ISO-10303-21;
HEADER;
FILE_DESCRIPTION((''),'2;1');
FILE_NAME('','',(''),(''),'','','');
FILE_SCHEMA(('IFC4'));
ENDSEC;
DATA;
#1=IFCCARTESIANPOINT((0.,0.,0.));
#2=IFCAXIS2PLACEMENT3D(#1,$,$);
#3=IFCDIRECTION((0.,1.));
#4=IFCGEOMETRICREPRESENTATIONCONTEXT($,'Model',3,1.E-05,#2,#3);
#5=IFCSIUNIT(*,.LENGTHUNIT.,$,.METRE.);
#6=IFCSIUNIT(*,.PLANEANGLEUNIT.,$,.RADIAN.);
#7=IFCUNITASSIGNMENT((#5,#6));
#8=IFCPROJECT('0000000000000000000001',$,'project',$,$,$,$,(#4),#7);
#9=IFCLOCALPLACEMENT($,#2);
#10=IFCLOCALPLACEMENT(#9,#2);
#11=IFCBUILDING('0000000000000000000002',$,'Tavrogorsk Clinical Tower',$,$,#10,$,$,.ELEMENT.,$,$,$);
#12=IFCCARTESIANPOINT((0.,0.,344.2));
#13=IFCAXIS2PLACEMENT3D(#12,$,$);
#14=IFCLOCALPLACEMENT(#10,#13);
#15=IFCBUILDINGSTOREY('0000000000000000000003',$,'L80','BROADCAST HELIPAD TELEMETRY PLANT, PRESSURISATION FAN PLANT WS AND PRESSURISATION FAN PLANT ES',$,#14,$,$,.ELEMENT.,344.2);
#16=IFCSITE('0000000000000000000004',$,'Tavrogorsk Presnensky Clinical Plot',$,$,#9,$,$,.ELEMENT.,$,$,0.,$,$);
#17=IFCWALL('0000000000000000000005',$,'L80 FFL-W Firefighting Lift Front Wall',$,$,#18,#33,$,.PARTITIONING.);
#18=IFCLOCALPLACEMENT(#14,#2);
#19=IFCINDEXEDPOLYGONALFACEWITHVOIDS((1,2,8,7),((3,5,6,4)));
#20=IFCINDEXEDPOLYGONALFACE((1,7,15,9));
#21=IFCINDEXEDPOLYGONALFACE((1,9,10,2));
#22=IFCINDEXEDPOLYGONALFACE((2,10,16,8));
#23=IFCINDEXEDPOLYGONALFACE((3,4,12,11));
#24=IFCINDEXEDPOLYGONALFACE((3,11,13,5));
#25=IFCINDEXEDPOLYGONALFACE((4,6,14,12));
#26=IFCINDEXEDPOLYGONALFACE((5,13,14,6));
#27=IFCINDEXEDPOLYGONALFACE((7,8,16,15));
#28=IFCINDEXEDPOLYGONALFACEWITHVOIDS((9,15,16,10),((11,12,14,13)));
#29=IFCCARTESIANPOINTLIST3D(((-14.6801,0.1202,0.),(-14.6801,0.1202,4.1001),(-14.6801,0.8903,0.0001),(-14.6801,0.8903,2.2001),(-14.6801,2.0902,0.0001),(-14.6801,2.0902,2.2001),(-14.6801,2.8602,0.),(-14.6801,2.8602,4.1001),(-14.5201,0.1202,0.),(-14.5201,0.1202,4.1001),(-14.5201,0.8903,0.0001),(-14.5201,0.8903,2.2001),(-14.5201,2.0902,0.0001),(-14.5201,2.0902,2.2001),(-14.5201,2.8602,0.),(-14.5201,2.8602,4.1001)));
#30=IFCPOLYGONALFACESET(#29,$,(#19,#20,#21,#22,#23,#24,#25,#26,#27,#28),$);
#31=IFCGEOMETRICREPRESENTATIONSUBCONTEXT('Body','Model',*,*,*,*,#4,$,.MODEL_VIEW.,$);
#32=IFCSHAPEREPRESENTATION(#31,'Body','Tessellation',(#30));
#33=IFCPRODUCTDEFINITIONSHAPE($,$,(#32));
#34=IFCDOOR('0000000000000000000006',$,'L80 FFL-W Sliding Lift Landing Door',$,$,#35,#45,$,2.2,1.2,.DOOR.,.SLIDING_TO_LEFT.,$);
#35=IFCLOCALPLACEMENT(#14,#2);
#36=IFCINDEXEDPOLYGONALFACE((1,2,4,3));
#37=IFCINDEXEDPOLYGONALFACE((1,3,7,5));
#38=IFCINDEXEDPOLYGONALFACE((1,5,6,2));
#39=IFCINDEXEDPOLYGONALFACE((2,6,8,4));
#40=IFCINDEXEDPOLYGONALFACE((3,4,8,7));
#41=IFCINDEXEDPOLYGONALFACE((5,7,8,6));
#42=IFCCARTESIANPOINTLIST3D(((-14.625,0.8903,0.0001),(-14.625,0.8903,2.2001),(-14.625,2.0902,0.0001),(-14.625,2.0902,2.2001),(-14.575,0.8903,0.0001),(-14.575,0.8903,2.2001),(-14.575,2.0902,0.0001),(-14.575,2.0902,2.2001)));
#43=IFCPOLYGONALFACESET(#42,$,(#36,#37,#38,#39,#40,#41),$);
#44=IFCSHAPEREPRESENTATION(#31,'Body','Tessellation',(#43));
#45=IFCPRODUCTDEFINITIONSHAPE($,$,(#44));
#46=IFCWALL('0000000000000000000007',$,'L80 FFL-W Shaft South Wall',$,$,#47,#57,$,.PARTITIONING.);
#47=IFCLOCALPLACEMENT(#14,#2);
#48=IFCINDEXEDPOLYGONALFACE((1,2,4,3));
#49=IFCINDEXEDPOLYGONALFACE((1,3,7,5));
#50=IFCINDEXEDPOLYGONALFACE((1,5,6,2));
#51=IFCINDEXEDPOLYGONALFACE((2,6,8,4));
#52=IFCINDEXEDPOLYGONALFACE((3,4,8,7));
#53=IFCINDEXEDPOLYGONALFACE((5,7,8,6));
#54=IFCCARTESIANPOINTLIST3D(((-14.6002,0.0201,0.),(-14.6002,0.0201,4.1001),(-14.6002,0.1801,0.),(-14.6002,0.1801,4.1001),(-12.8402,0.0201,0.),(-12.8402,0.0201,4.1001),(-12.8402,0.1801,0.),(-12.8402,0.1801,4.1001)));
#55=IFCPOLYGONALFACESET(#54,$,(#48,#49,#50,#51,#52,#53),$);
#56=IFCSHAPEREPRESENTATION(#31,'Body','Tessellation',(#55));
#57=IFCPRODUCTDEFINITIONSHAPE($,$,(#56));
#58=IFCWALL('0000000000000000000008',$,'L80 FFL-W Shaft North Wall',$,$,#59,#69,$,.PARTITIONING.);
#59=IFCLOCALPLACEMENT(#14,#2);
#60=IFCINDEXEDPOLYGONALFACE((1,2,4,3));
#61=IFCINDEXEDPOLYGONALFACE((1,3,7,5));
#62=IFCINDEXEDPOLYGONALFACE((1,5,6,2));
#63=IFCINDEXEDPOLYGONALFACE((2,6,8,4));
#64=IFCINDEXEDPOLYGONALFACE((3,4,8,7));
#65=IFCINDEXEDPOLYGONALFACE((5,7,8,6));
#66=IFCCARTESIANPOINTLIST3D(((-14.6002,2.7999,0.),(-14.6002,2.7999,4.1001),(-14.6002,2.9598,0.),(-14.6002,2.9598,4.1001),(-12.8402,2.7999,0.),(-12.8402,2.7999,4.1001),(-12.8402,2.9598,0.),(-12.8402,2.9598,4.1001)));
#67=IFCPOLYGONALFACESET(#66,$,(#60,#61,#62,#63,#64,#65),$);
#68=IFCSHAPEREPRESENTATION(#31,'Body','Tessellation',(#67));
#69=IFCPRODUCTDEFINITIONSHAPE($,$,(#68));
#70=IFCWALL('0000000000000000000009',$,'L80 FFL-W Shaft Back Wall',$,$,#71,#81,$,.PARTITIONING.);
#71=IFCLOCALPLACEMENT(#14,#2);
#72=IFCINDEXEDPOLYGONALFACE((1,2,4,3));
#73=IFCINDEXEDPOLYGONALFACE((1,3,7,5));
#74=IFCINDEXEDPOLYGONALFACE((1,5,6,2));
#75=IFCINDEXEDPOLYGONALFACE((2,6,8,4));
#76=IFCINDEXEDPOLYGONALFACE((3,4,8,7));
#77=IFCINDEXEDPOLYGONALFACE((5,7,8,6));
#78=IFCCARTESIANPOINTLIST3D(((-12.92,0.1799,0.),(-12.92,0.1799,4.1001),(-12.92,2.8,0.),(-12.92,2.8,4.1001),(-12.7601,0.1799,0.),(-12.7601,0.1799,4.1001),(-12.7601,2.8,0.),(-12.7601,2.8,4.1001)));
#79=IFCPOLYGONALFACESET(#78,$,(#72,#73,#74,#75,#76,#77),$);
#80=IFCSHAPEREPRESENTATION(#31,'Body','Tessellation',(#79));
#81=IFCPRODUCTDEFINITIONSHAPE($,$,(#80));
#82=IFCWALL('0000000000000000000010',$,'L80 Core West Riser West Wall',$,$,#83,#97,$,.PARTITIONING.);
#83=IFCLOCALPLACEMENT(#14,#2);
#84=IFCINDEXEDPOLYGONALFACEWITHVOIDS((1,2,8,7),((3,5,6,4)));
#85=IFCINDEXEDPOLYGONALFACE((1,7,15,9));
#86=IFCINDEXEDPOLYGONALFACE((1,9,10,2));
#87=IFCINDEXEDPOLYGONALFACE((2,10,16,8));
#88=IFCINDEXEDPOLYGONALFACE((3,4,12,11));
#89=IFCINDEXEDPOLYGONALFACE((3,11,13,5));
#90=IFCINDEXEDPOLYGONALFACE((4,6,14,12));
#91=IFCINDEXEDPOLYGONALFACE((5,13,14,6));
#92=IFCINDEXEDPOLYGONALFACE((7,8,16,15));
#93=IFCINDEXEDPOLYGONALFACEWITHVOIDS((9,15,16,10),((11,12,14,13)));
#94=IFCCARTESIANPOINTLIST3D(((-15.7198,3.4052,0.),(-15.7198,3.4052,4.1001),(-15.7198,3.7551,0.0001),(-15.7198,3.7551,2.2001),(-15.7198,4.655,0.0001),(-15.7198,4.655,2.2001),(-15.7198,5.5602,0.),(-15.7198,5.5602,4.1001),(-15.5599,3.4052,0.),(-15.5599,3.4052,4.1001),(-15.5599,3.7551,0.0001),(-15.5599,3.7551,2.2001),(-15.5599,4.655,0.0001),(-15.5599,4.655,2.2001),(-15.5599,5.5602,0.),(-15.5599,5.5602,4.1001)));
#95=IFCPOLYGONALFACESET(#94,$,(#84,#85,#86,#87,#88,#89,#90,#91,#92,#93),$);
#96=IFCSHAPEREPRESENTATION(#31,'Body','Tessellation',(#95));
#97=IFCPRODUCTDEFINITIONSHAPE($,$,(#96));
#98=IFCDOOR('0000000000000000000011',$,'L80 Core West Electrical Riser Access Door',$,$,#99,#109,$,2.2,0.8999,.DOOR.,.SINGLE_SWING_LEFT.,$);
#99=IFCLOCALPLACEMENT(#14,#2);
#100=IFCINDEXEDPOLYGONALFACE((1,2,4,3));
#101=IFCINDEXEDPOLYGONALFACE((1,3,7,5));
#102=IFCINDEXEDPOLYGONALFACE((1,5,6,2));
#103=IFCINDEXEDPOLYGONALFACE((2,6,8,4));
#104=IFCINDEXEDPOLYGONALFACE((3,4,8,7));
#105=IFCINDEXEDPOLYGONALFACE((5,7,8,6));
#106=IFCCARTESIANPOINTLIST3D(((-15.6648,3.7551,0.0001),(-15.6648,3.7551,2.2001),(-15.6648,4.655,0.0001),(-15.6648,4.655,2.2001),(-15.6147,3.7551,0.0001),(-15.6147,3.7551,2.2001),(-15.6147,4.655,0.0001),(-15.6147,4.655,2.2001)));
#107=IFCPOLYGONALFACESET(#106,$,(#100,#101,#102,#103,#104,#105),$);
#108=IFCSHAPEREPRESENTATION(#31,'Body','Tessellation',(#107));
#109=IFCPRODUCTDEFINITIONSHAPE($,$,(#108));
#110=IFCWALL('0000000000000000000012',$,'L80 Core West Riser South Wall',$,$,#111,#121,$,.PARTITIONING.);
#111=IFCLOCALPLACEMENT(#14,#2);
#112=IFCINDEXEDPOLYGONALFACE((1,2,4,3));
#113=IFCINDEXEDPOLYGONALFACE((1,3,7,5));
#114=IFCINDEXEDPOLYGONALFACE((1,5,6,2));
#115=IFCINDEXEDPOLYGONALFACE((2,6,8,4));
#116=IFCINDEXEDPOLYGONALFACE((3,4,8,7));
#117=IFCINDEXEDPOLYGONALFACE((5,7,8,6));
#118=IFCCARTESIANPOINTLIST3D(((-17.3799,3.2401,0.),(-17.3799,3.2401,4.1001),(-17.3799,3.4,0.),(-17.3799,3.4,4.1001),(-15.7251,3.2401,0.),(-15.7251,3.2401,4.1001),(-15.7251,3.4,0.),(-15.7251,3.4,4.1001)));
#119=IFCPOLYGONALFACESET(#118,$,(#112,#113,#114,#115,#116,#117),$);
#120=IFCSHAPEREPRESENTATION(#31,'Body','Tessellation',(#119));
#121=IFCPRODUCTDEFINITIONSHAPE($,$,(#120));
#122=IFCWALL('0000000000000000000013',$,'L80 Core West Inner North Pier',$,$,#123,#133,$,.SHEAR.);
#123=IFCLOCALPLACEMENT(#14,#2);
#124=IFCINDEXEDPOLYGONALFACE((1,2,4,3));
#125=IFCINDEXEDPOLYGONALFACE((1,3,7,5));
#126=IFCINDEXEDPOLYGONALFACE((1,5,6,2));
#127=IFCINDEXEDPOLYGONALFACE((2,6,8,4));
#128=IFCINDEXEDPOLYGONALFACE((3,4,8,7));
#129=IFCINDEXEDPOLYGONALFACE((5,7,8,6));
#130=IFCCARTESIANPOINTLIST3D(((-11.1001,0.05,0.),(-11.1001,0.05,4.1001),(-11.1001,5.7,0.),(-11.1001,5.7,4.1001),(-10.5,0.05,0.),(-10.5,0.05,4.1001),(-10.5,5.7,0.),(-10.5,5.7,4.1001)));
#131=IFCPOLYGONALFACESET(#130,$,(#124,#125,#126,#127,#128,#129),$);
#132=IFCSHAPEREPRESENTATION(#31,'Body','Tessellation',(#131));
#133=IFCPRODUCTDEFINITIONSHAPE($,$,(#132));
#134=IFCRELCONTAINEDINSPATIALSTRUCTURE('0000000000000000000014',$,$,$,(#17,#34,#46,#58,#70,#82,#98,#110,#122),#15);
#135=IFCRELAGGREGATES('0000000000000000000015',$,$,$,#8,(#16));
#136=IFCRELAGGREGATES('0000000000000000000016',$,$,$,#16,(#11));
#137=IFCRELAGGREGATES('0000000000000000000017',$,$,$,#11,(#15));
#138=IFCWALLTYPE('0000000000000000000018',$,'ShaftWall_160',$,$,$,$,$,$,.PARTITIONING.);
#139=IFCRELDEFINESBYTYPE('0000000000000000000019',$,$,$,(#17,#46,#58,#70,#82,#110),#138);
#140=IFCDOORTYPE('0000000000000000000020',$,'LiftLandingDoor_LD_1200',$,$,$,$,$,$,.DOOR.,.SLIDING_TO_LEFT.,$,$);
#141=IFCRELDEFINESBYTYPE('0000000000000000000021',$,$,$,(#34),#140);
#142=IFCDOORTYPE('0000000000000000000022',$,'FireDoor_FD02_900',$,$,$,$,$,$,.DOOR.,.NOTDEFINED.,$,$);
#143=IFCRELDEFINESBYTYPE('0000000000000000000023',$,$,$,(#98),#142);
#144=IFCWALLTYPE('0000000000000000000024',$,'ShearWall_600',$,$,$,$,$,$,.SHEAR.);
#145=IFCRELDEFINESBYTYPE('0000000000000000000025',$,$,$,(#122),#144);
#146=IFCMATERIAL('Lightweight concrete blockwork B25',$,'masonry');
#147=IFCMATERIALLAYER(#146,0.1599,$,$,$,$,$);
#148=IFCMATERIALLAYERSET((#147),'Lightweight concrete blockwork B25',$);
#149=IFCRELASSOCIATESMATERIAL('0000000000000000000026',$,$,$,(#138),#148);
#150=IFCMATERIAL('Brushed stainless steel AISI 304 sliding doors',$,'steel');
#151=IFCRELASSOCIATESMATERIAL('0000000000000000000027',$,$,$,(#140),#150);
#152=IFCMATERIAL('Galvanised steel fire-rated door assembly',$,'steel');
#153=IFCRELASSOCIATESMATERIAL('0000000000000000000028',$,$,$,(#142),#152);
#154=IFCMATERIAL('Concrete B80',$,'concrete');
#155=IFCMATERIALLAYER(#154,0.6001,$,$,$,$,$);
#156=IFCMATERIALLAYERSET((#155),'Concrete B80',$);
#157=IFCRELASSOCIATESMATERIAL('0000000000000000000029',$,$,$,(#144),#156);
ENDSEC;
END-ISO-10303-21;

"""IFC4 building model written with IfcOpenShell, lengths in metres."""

from ifc_helpers import new_model, si_unit, direction, frame, frame_2d, origin, place, context, subcontext, project, spatial, rectangle, extrude, material, layer, layer_set, type_object, element, fill, save


model = new_model("IFC4")

# Units and contexts
model_context = context("Model", 3, precision=1e-05, world=origin(), true_north=direction((0.0, 1.0)))
body_context = subcontext(model_context, "Body", "Model", "MODEL_VIEW")
ifc_project = project(units=[si_unit("LENGTHUNIT", "METRE"), si_unit("PLANEANGLEUNIT", "RADIAN")], contexts=[model_context])

# Site, building, storey
site_placement = place(None, origin())
site = spatial("IfcSite", under=ifc_project, at=site_placement, Name="Tavrogorsk Presnensky Clinical Plot", CompositionType="ELEMENT", RefElevation=0.0)
building_placement = place(site_placement, origin())
building = spatial("IfcBuilding", under=site, at=building_placement, Name="Tavrogorsk Clinical Tower", CompositionType="ELEMENT")
storey_placement = place(building_placement, frame((0.0, 0.0, 344.2)))
storey = spatial("IfcBuildingStorey", under=building, at=storey_placement, Name="L80", Description="BROADCAST HELIPAD TELEMETRY PLANT, PRESSURISATION FAN PLANT WS AND PRESSURISATION FAN PLANT ES", CompositionType="ELEMENT", Elevation=344.2)

# Wall, opening, door
ifc_material_1 = material(Name="Lightweight concrete blockwork B25", Category="masonry")
ifc_layer_1 = layer(ifc_material_1, 0.1599)
ifc_layer_set_1 = layer_set([ifc_layer_1], Name="Lightweight concrete blockwork B25")
wall_type_1 = type_object("IfcWallType", Name="ShaftWall_160", PredefinedType="PARTITIONING", material=ifc_layer_set_1)
wall_1_placement = place(storey_placement, frame((-14.6001, 0.1201, 0.0), z_axis=(0.0, 0.0, 1.0), x_axis=(0.0, 1.0, 0.0)))
wall_1 = element("IfcWall", 1, at=wall_1_placement, inside=storey, type_object=wall_type_1, Name="L80 FFL-W Firefighting Lift Front Wall", PredefinedType="PARTITIONING", context=body_context, shape_type="SweptSolid", body=[
    extrude(rectangle(XDim=2.74, YDim=0.1599, at=frame_2d((1.3701, 0.0))), origin(), (0.0, 0.0, 1.0), 4.1001),
])
opening_1_placement = place(wall_1_placement, frame((0.77, 0.0, 0.0)))
opening_1 = element("IfcOpeningElement", 2, at=opening_1_placement, cuts=wall_1, PredefinedType="OPENING", context=body_context, shape_type="SweptSolid", body=[
    extrude(rectangle(XDim=1.2, YDim=2.2, at=frame_2d((0.6001, 1.1001))), frame((0.0, 0.0898, 0.0), z_axis=(0.0, -1.0, 0.0), x_axis=(1.0, 0.0, 0.0)), (0.0, 0.0, 1.0), 0.1799),
])
ifc_material_2 = material(Name="Brushed stainless steel AISI 304 sliding doors", Category="steel")
door_type_1 = type_object("IfcDoorType", Name="LiftLandingDoor_LD_1200", OperationType="SLIDING_TO_LEFT", PredefinedType="DOOR", material=ifc_material_2)
door_1_placement = place(opening_1_placement, origin())
door_1 = element("IfcDoor", 3, at=door_1_placement, inside=storey, type_object=door_type_1, Name="L80 FFL-W Sliding Lift Landing Door", OperationType="SLIDING_TO_LEFT", OverallHeight=2.2, OverallWidth=1.2, PredefinedType="DOOR", context=body_context, shape_type="SweptSolid", body=[
    extrude(rectangle(XDim=1.2, YDim=2.2, at=frame_2d((0.6001, 1.1001))), frame((0.0, 0.0249, 0.0), z_axis=(0.0, -1.0, 0.0), x_axis=(1.0, 0.0, 0.0)), (0.0, 0.0, 1.0), 0.05),
])
fill(opening_1, door_1)

# Walls
for number, where, z_axis, x_axis, name in (
    (4, (-14.6001, 0.1001, 0.0), (0.0, 0.0, 1.0), (1.0, 0.0, 0.0), "L80 FFL-W Shaft South Wall"),
    (5, (-14.6001, 2.8799, 0.0), (0.0, 0.0, 1.0), (1.0, 0.0, 0.0), "L80 FFL-W Shaft North Wall"),
):
    element("IfcWall", number, at=place(storey_placement, frame(where, z_axis=z_axis, x_axis=x_axis)), inside=storey, type_object=wall_type_1, Name=name, PredefinedType="PARTITIONING", context=body_context, shape_type="SweptSolid", body=[
        extrude(rectangle(XDim=1.76, YDim=0.1599, at=frame_2d((0.8799, 0.0))), origin(), (0.0, 0.0, 1.0), 4.1001),
    ])
wall_2_placement = place(storey_placement, frame((-12.8401, 0.1799, 0.0), z_axis=(0.0, 0.0, 1.0), x_axis=(0.0, 1.0, 0.0)))
element("IfcWall", 6, at=wall_2_placement, inside=storey, type_object=wall_type_1, Name="L80 FFL-W Shaft Back Wall", PredefinedType="PARTITIONING", context=body_context, shape_type="SweptSolid", body=[
    extrude(rectangle(XDim=2.6201, YDim=0.1599, at=frame_2d((1.3101, 0.0))), origin(), (0.0, 0.0, 1.0), 4.1001),
])

# Wall, opening, door
wall_3_placement = place(storey_placement, frame((-15.6399, 3.405, 0.0), z_axis=(0.0, 0.0, 1.0), x_axis=(0.0, 1.0, 0.0)))
wall_3 = element("IfcWall", 7, at=wall_3_placement, inside=storey, type_object=wall_type_1, Name="L80 Core West Riser West Wall", PredefinedType="PARTITIONING", context=body_context, shape_type="SweptSolid", body=[
    extrude(rectangle(XDim=2.155, YDim=0.1599, at=frame_2d((1.0776, 0.0))), origin(), (0.0, 0.0, 1.0), 4.1001),
])
opening_2_placement = place(wall_3_placement, frame((0.3501, 0.0, 0.0)))
opening_2 = element("IfcOpeningElement", 8, at=opening_2_placement, cuts=wall_3, PredefinedType="OPENING", context=body_context, shape_type="SweptSolid", body=[
    extrude(rectangle(XDim=0.8999, YDim=2.2, at=frame_2d((0.45, 1.1001))), frame((0.0, 0.0898, 0.0), z_axis=(0.0, -1.0, 0.0), x_axis=(1.0, 0.0, 0.0)), (0.0, 0.0, 1.0), 0.1799),
])
ifc_material_3 = material(Name="Galvanised steel fire-rated door assembly", Category="steel")
door_type_2 = type_object("IfcDoorType", Name="FireDoor_FD02_900", OperationType="NOTDEFINED", PredefinedType="DOOR", material=ifc_material_3)
door_2_placement = place(opening_2_placement, origin())
door_2 = element("IfcDoor", 9, at=door_2_placement, inside=storey, type_object=door_type_2, Name="L80 Core West Electrical Riser Access Door", OperationType="SINGLE_SWING_LEFT", OverallHeight=2.2, OverallWidth=0.8999, PredefinedType="DOOR", context=body_context, shape_type="SweptSolid", body=[
    extrude(rectangle(XDim=0.8999, YDim=2.2, at=frame_2d((0.45, 1.1001))), frame((0.0, 0.0249, 0.0), z_axis=(0.0, -1.0, 0.0), x_axis=(1.0, 0.0, 0.0)), (0.0, 0.0, 1.0), 0.05),
])
fill(opening_2, door_2)

# Walls
wall_4_placement = place(storey_placement, frame((-17.3799, 3.3201, 0.0), z_axis=(0.0, 0.0, 1.0), x_axis=(1.0, 0.0, 0.0)))
element("IfcWall", 10, at=wall_4_placement, inside=storey, type_object=wall_type_1, Name="L80 Core West Riser South Wall", PredefinedType="PARTITIONING", context=body_context, shape_type="SweptSolid", body=[
    extrude(rectangle(XDim=1.6548, YDim=0.1599, at=frame_2d((0.8274, 0.0))), origin(), (0.0, 0.0, 1.0), 4.1001),
])
ifc_material_4 = material(Name="Concrete B80", Category="concrete")
ifc_layer_2 = layer(ifc_material_4, 0.6001)
ifc_layer_set_2 = layer_set([ifc_layer_2], Name="Concrete B80")
wall_type_2 = type_object("IfcWallType", Name="ShearWall_600", PredefinedType="SHEAR", material=ifc_layer_set_2)
wall_5_placement = place(storey_placement, frame((-10.8, 0.05, 0.0), z_axis=(0.0, 0.0, 1.0), x_axis=(0.0, 1.0, 0.0)))
element("IfcWall", 11, at=wall_5_placement, inside=storey, type_object=wall_type_2, Name="L80 Core West Inner North Pier", PredefinedType="SHEAR", context=body_context, shape_type="SweptSolid", body=[
    extrude(rectangle(XDim=5.6499, YDim=0.6001, at=frame_2d((2.825, 0.0))), origin(), (0.0, 0.0, 1.0), 4.1001),
])

save(model, "model.ifc")
